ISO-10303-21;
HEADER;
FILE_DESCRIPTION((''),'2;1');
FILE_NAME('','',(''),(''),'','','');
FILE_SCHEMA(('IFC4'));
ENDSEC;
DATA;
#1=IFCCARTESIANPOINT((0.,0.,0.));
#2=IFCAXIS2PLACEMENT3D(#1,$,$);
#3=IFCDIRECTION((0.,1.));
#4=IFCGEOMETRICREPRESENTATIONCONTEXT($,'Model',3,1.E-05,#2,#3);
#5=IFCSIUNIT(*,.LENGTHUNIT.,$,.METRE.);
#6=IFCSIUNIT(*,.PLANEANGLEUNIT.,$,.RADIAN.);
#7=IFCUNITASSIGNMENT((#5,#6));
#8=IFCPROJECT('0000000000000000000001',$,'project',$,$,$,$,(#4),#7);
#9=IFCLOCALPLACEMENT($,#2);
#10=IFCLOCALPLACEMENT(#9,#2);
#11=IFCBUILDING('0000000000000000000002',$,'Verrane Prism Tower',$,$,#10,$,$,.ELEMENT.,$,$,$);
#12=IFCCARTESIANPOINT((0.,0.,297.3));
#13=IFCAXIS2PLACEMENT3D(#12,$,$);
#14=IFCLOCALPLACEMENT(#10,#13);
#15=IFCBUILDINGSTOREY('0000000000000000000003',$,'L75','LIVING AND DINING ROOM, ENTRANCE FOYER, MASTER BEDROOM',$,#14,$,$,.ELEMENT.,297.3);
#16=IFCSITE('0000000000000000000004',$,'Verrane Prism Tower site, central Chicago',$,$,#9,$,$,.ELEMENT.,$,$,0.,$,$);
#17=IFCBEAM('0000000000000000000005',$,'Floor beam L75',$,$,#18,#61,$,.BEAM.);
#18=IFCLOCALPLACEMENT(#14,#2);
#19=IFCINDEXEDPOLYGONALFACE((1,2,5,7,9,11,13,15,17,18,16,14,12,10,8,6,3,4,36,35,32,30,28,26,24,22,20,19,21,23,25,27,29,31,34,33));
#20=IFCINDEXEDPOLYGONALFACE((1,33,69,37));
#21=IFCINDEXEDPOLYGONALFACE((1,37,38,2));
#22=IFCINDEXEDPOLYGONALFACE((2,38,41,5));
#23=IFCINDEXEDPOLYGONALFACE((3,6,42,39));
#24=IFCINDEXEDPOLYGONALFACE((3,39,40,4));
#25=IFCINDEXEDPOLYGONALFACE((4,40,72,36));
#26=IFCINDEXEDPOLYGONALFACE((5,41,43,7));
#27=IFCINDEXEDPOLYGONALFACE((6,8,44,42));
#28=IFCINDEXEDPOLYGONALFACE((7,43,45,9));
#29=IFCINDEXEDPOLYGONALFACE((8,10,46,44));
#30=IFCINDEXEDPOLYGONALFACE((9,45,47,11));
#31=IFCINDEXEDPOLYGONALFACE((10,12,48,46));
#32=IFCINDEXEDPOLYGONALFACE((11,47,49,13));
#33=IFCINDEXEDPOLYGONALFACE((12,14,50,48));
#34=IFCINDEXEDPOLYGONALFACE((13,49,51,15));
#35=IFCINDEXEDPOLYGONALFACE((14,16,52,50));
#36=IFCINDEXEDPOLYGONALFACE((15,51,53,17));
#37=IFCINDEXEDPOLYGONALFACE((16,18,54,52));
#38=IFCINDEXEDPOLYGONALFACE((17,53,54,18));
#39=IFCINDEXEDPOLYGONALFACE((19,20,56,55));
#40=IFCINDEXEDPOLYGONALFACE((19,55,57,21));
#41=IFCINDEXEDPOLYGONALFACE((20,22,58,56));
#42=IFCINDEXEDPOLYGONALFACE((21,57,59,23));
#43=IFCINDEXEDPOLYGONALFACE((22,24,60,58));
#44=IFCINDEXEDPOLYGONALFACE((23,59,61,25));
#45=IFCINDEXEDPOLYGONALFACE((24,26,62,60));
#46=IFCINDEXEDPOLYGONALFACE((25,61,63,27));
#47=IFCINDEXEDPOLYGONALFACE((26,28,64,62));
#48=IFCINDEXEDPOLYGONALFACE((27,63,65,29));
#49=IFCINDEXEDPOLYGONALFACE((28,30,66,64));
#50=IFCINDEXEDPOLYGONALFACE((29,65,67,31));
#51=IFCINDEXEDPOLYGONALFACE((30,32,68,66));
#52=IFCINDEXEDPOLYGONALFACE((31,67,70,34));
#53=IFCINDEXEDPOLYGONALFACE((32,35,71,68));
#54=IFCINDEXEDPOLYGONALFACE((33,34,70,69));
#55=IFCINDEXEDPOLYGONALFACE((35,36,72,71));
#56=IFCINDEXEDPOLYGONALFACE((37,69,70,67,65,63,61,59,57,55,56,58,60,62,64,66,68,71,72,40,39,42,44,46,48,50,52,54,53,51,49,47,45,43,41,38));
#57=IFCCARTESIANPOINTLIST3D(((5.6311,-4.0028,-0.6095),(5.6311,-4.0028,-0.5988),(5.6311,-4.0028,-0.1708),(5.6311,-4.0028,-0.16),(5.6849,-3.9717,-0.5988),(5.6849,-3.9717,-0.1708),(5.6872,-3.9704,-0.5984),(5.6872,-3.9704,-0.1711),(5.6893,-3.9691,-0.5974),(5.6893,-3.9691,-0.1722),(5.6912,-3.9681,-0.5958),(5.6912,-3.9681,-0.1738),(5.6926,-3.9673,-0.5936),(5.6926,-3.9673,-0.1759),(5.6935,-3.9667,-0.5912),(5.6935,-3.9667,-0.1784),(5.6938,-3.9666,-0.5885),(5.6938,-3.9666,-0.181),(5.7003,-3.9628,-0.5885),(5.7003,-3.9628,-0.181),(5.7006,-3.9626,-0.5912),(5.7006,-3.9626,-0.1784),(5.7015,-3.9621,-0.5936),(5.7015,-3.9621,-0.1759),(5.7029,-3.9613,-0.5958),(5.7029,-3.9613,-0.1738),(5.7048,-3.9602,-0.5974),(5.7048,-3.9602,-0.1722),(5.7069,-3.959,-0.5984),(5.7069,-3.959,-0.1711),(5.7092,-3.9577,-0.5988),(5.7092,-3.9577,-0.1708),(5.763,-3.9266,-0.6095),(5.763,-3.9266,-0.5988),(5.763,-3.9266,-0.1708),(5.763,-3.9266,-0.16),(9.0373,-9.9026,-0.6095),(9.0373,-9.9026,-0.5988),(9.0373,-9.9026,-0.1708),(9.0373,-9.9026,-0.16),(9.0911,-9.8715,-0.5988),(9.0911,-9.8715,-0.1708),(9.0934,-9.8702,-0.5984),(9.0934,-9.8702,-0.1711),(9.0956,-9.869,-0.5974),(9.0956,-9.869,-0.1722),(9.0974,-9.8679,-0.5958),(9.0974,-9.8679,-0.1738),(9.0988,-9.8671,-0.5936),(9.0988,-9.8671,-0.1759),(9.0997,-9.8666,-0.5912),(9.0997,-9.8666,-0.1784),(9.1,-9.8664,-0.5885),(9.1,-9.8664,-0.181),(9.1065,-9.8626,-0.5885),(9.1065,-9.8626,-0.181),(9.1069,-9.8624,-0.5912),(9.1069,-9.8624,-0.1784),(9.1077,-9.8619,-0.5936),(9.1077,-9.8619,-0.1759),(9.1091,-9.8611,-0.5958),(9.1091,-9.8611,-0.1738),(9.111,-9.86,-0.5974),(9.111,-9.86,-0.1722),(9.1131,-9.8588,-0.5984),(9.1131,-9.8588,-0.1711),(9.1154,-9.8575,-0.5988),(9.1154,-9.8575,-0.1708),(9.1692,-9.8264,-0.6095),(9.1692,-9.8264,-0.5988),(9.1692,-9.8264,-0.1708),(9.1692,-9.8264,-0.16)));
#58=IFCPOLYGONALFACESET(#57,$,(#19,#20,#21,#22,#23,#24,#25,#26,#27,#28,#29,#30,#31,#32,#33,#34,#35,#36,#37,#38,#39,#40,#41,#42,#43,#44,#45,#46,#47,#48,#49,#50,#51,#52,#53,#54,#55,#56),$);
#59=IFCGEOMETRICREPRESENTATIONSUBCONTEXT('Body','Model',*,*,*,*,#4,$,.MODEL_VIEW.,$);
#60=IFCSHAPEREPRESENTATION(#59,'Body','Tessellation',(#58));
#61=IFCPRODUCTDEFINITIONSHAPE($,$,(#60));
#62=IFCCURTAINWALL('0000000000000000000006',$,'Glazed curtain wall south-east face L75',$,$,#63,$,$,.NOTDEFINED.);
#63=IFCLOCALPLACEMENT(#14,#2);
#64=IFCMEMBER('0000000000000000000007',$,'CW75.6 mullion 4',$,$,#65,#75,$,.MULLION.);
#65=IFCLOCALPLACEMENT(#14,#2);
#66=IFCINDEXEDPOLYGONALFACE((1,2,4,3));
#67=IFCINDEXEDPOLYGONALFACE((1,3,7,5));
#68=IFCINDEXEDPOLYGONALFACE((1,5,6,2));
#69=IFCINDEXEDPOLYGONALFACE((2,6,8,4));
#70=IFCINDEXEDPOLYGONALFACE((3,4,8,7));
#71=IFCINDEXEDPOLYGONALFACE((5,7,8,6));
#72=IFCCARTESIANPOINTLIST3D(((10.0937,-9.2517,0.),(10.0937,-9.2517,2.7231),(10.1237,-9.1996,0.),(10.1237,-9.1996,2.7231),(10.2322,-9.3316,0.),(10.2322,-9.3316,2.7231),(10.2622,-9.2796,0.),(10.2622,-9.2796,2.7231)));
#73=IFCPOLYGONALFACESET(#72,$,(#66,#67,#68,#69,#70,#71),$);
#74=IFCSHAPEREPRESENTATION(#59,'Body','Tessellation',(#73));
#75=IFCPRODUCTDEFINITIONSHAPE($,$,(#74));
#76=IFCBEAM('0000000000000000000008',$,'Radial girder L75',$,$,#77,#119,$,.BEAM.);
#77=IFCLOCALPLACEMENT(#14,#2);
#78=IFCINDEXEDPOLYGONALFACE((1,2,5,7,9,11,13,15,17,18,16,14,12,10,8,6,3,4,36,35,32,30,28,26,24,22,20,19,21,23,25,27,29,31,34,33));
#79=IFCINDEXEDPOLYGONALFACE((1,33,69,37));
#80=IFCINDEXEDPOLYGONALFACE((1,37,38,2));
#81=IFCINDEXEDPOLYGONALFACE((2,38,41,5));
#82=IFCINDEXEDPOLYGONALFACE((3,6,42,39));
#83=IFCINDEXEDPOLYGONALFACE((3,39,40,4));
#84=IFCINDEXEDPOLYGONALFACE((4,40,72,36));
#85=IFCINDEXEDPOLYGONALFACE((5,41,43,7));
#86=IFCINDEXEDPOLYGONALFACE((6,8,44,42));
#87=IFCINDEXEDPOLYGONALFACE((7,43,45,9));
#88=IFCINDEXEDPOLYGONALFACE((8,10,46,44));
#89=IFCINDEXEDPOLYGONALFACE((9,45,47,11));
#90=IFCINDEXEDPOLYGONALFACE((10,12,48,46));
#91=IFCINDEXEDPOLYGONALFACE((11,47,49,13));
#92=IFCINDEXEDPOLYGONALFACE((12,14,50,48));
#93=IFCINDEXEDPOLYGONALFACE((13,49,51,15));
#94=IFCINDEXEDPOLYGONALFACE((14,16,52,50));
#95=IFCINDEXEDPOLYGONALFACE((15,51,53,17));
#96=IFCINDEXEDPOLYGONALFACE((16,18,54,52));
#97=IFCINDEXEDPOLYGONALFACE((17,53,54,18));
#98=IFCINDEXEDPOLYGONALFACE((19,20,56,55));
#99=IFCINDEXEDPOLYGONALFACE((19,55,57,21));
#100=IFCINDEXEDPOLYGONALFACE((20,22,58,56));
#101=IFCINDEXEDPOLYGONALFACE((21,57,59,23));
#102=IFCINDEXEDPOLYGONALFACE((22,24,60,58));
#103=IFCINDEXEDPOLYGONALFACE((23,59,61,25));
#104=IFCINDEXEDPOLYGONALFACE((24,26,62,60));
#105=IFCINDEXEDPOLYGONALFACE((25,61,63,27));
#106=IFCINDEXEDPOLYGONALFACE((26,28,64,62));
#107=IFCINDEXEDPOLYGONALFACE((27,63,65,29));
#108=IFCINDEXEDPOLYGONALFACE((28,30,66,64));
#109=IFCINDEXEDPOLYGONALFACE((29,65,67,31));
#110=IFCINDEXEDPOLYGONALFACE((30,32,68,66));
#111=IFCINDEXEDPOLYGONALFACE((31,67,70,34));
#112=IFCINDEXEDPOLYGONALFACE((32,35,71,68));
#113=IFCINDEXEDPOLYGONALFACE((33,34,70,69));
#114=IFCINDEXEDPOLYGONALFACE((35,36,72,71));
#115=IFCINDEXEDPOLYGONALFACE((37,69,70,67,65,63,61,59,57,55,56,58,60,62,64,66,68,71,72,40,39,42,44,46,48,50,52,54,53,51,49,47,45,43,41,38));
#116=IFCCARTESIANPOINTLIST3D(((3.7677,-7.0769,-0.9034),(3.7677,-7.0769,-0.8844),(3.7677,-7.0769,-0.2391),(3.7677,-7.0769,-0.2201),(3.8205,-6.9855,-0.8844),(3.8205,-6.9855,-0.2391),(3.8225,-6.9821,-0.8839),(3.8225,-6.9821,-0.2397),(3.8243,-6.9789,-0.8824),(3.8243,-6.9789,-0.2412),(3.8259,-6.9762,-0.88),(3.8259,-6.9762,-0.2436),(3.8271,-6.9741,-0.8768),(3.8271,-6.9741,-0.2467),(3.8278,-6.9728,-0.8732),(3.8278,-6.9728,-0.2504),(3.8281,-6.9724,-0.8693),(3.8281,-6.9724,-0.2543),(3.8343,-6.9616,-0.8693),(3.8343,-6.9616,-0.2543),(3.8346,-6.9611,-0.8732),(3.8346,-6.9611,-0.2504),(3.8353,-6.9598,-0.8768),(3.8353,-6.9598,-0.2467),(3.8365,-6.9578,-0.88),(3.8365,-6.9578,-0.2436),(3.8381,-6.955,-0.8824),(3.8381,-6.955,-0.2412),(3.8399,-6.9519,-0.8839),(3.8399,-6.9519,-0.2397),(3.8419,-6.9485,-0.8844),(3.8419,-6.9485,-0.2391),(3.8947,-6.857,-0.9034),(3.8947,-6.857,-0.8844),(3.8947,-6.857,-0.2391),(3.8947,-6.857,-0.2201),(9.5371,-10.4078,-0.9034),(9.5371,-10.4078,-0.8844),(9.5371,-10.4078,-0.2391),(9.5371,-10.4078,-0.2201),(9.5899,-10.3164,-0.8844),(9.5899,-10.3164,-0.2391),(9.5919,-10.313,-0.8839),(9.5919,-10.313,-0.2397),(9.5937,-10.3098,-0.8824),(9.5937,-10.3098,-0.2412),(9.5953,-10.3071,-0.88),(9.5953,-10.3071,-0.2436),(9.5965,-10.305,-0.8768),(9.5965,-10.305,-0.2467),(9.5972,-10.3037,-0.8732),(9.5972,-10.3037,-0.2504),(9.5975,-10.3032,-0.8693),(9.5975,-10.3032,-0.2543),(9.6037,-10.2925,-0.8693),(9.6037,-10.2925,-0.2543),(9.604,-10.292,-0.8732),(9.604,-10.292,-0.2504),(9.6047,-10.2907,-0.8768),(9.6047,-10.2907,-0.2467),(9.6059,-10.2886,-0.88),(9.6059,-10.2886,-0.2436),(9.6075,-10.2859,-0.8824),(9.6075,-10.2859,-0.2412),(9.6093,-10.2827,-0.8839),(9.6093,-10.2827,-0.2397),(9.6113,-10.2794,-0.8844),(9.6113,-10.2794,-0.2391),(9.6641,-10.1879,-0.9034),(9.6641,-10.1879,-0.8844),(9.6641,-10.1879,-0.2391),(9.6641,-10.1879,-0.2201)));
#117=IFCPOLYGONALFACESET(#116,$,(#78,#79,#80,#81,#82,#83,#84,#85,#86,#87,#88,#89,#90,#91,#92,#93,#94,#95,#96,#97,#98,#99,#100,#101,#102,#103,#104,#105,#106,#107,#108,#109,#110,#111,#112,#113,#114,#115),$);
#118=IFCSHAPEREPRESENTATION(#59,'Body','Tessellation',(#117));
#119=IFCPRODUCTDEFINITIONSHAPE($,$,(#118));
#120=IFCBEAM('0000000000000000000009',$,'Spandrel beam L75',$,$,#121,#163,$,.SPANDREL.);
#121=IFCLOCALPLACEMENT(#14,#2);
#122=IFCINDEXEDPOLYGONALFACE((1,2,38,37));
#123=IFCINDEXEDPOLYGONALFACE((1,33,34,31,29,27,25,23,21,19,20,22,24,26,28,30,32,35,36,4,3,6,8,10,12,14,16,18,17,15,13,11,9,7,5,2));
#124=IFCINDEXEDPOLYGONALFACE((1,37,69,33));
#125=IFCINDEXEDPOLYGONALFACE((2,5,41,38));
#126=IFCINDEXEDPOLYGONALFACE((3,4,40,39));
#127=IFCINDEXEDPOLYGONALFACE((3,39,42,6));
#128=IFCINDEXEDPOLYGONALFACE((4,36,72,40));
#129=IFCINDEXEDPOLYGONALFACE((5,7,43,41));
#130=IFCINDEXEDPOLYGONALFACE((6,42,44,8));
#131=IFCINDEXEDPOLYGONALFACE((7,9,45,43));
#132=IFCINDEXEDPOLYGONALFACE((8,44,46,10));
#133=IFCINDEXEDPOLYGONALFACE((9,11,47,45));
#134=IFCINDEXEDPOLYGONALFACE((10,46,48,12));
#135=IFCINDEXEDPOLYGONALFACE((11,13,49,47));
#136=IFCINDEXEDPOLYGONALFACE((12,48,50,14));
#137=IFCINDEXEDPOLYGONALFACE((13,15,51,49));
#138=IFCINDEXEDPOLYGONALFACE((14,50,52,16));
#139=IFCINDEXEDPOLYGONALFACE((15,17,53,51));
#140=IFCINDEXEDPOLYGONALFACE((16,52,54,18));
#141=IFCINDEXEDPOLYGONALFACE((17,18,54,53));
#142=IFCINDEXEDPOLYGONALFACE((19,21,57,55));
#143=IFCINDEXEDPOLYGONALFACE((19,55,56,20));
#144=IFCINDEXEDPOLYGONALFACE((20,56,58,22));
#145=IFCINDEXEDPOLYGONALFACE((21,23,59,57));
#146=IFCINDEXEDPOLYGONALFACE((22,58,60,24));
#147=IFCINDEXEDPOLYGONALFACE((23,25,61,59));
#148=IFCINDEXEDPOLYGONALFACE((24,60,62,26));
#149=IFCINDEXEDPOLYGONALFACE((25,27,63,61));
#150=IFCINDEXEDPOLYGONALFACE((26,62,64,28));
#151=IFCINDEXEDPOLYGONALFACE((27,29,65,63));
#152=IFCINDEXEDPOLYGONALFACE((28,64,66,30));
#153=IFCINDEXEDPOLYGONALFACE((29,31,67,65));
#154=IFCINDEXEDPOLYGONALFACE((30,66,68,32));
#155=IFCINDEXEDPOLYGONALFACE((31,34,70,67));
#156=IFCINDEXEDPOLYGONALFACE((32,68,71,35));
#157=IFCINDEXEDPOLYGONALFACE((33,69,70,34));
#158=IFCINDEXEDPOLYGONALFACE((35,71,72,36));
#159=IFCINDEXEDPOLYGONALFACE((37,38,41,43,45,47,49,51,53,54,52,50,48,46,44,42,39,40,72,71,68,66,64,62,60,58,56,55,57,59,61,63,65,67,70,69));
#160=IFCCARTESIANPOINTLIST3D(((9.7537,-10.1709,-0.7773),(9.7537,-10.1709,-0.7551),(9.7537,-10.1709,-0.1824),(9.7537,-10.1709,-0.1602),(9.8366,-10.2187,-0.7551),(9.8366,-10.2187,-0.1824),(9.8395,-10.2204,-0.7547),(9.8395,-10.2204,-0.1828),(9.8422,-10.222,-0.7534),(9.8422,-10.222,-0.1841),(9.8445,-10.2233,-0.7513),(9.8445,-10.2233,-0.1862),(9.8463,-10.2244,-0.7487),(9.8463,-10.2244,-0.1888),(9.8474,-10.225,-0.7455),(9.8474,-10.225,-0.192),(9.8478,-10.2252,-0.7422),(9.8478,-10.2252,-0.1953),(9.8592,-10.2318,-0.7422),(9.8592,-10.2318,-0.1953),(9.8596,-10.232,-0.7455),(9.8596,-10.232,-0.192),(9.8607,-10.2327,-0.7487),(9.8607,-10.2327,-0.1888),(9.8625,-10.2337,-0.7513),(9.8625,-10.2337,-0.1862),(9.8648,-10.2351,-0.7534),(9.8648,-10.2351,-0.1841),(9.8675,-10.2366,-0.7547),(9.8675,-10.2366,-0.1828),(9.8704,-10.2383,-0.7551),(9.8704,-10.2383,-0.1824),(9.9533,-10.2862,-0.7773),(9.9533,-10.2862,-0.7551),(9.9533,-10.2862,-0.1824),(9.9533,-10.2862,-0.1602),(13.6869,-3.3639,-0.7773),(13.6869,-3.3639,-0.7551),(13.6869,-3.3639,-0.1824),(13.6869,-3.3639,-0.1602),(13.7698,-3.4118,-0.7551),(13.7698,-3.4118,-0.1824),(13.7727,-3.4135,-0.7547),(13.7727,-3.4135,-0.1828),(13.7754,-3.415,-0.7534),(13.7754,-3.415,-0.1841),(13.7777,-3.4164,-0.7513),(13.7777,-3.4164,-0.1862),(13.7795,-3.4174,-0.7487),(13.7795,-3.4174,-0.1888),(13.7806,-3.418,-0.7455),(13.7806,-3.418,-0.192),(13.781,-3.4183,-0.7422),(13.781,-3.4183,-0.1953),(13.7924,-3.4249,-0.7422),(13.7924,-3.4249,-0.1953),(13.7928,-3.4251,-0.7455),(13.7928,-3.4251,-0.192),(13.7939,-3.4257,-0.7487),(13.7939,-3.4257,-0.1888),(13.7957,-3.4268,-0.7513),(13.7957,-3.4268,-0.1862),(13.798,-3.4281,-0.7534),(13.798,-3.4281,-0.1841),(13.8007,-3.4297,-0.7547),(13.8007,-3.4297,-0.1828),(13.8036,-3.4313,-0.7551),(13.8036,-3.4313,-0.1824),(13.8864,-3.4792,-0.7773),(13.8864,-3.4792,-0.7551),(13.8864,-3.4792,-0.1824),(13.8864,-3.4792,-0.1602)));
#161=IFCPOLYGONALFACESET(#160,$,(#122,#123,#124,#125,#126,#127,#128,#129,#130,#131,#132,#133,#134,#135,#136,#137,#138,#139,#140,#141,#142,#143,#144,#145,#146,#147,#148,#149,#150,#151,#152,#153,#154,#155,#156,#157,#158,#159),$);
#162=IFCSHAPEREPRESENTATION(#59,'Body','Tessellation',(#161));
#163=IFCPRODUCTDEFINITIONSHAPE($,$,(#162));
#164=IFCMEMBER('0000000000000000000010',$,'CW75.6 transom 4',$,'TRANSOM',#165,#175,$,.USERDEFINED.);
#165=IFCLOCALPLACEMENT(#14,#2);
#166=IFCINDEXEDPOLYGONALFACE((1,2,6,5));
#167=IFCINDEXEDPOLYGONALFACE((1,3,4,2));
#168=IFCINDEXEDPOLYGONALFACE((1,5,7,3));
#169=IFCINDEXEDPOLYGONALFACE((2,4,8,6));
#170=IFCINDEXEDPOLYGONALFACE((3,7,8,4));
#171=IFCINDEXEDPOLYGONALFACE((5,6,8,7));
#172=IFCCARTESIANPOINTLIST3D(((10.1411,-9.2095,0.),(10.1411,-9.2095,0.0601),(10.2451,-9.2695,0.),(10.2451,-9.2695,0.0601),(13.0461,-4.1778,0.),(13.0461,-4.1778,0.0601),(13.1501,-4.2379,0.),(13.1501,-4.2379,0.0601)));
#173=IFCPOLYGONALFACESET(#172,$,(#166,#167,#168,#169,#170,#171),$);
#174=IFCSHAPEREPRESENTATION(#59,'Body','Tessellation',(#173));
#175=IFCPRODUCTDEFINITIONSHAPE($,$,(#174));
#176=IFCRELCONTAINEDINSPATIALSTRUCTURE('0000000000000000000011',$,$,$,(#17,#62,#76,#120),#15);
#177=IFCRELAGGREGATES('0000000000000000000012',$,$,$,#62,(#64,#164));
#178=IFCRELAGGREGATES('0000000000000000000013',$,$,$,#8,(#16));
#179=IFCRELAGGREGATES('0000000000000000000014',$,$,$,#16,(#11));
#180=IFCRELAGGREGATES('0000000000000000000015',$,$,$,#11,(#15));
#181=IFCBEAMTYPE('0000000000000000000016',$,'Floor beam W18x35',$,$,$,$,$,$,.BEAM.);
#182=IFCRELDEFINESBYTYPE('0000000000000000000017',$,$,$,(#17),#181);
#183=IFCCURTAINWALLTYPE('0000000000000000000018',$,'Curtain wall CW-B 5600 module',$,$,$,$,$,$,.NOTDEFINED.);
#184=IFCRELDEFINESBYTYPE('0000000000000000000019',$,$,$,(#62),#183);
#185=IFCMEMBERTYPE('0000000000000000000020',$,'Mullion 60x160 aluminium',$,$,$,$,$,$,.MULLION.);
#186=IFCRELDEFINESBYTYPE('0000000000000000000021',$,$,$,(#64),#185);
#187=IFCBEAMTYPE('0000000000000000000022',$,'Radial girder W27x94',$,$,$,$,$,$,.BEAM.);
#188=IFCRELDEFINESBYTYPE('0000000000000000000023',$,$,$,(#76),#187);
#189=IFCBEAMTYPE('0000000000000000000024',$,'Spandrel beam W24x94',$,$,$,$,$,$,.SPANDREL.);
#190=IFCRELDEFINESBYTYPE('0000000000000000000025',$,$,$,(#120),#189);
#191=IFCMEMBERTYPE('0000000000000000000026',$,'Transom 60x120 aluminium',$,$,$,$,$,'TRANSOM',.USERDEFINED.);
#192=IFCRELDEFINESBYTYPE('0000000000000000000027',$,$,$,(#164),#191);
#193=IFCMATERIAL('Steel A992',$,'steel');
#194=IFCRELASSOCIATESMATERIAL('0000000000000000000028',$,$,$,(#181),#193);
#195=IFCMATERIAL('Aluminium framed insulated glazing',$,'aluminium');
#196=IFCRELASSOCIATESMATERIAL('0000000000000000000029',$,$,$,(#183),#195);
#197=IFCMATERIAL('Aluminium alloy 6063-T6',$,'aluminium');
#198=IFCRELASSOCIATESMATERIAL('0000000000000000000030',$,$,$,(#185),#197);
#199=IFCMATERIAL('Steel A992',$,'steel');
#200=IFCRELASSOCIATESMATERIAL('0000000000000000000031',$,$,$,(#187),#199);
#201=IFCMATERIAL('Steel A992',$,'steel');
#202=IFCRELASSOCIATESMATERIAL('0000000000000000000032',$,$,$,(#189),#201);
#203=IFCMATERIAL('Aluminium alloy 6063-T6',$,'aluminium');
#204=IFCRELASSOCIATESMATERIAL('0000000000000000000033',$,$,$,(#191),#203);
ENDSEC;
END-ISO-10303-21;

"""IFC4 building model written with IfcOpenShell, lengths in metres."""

from ifc_helpers import new_model, si_unit, direction, frame, origin, origin_2d, place, context, subcontext, project, spatial, rectangle, i_section, extrude, material, material_profile, profile_set, type_object, element, aggregate, save


model = new_model("IFC4")

# Units and contexts
model_context = context("Model", 3, precision=1e-05, world=origin(), true_north=direction((0.0, 1.0)))
body_context = subcontext(model_context, "Body", "Model", "MODEL_VIEW")
ifc_project = project(units=[si_unit("LENGTHUNIT", "METRE"), si_unit("PLANEANGLEUNIT", "RADIAN")], contexts=[model_context])

# Site, building, storey
site_placement = place(None, origin())
site = spatial("IfcSite", under=ifc_project, at=site_placement, Name="Verrane Prism Tower site, central Chicago", CompositionType="ELEMENT", RefElevation=0.0)
building_placement = place(site_placement, origin())
building = spatial("IfcBuilding", under=site, at=building_placement, Name="Verrane Prism Tower", CompositionType="ELEMENT")
storey_placement = place(building_placement, frame((0.0, 0.0, 297.3)))
storey = spatial("IfcBuildingStorey", under=building, at=storey_placement, Name="L75", Description="LIVING AND DINING ROOM, ENTRANCE FOYER, MASTER BEDROOM", CompositionType="ELEMENT", Elevation=297.3)

# Beam
ifc_material_1 = material(Name="Steel A992", Category="steel")
ifc_material_profile_1 = material_profile(ifc_material_1, i_section(OverallWidth=0.1523, OverallDepth=0.4495, WebThickness=0.0076, FlangeThickness=0.0107, FilletRadius=0.0103, at=origin_2d()), Name="W18x35")
ifc_profile_set_1 = profile_set([ifc_material_profile_1], Name="Steel A992")
beam_type_1 = type_object("IfcBeamType", Name="Floor beam W18x35", PredefinedType="BEAM", material=ifc_profile_set_1)
beam_1_placement = place(storey_placement, frame((9.1033, -9.8645, -0.3848), z_axis=(-0.499993, 0.866029, 0.0), x_axis=(-0.866029, -0.499993, 0.0)))
element("IfcBeam", 1, at=beam_1_placement, inside=storey, type_object=beam_type_1, Name="Floor beam L75", PredefinedType="BEAM", context=body_context, shape_type="SweptSolid", body=[
    extrude(i_section(OverallWidth=0.1523, OverallDepth=0.4495, WebThickness=0.0076, FlangeThickness=0.0107, FilletRadius=0.0103, at=origin_2d()), origin(), (0.0, 0.0, 1.0), 6.8125),
])

# Curtain wall, member
ifc_material_2 = material(Name="Aluminium framed insulated glazing", Category="aluminium")
curtain_wall_type = type_object("IfcCurtainWallType", Name="Curtain wall CW-B 5600 module", PredefinedType="NOTDEFINED", material=ifc_material_2)
curtain_wall_placement = place(storey_placement, origin())
curtain_wall = element("IfcCurtainWall", 2, at=curtain_wall_placement, inside=storey, type_object=curtain_wall_type, Name="Glazed curtain wall south-east face L75", PredefinedType="NOTDEFINED")
ifc_material_3 = material(Name="Aluminium alloy 6063-T6", Category="aluminium")
ifc_material_profile_2 = material_profile(ifc_material_3, rectangle(XDim=0.1599, YDim=0.0601, at=origin_2d()), Name="Mullion 60x160 aluminium")
ifc_profile_set_2 = profile_set([ifc_material_profile_2], Name="Aluminium alloy 6063-T6")
member_type_1 = type_object("IfcMemberType", Name="Mullion 60x160 aluminium", PredefinedType="MULLION", material=ifc_profile_set_2)
member_1_placement = place(storey_placement, frame((10.178, -9.2656, 0.0), z_axis=(0.0, 0.0, 1.0), x_axis=(-0.866025, 0.500001, 0.0)))
member_1 = element("IfcMember", 3, at=member_1_placement, type_object=member_type_1, Name="CW75.6 mullion 4", PredefinedType="MULLION", context=body_context, shape_type="SweptSolid", body=[
    extrude(rectangle(XDim=0.1599, YDim=0.0601, at=origin_2d()), origin(), (0.0, 0.0, 1.0), 2.7231),
])

# Beams
ifc_material_4 = material(Name="Steel A992", Category="steel")
ifc_material_profile_3 = material_profile(ifc_material_4, i_section(OverallWidth=0.2539, OverallDepth=0.6833, WebThickness=0.0125, FlangeThickness=0.019, FilletRadius=0.0151, at=origin_2d()), Name="W27x94")
ifc_profile_set_3 = profile_set([ifc_material_profile_3], Name="Steel A992")
beam_type_2 = type_object("IfcBeamType", Name="Radial girder W27x94", PredefinedType="BEAM", material=ifc_profile_set_3)
beam_2_placement = place(storey_placement, frame((9.6006, -10.2979, -0.5618), z_axis=(-0.866031, 0.49999, 0.0), x_axis=(-0.49999, -0.866031, 0.0)))
element("IfcBeam", 4, at=beam_2_placement, inside=storey, type_object=beam_type_2, Name="Radial girder L75", PredefinedType="BEAM", context=body_context, shape_type="SweptSolid", body=[
    extrude(i_section(OverallWidth=0.2539, OverallDepth=0.6833, WebThickness=0.0125, FlangeThickness=0.019, FilletRadius=0.0151, at=origin_2d()), origin(), (0.0, 0.0, 1.0), 6.6619),
])
ifc_material_5 = material(Name="Steel A992", Category="steel")
ifc_material_profile_4 = material_profile(ifc_material_5, i_section(OverallWidth=0.2305, OverallDepth=0.6172, WebThickness=0.0132, FlangeThickness=0.0222, FilletRadius=0.0129, at=origin_2d()), Name="W24x94")
ifc_profile_set_4 = profile_set([ifc_material_profile_4], Name="Steel A992")
beam_type_3 = type_object("IfcBeamType", Name="Spandrel beam W24x94", PredefinedType="SPANDREL", material=ifc_profile_set_4)
beam_3_placement = place(storey_placement, frame((9.8535, -10.2285, -0.4688), z_axis=(0.5003, 0.865852, 0.0), x_axis=(-0.865852, 0.5003, 0.0)))
element("IfcBeam", 5, at=beam_3_placement, inside=storey, type_object=beam_type_3, Name="Spandrel beam L75", PredefinedType="SPANDREL", context=body_context, shape_type="SweptSolid", body=[
    extrude(i_section(OverallWidth=0.2305, OverallDepth=0.6172, WebThickness=0.0132, FlangeThickness=0.0222, FilletRadius=0.0129, at=origin_2d()), origin(), (0.0, 0.0, 1.0), 7.8616),
])

# Member
ifc_material_6 = material(Name="Aluminium alloy 6063-T6", Category="aluminium")
ifc_material_profile_5 = material_profile(ifc_material_6, rectangle(XDim=0.1201, YDim=0.0601, at=origin_2d()), Name="Transom 60x120 aluminium")
ifc_profile_set_5 = profile_set([ifc_material_profile_5], Name="Aluminium alloy 6063-T6")
member_type_2 = type_object("IfcMemberType", Name="Transom 60x120 aluminium", ElementType="TRANSOM", PredefinedType="USERDEFINED", material=ifc_profile_set_5)
member_2_placement = place(storey_placement, frame((10.1931, -9.2395, 0.03), z_axis=(0.499994, 0.866029, 0.0), x_axis=(-0.866029, 0.499994, 0.0)))
member_2 = element("IfcMember", 6, at=member_2_placement, type_object=member_type_2, Name="CW75.6 transom 4", ObjectType="TRANSOM", PredefinedType="USERDEFINED", context=body_context, shape_type="SweptSolid", body=[
    extrude(rectangle(XDim=0.1201, YDim=0.0601, at=origin_2d()), origin(), (0.0, 0.0, 1.0), 5.8101),
])

aggregate(curtain_wall, [member_1, member_2])

save(model, "model.ifc")
